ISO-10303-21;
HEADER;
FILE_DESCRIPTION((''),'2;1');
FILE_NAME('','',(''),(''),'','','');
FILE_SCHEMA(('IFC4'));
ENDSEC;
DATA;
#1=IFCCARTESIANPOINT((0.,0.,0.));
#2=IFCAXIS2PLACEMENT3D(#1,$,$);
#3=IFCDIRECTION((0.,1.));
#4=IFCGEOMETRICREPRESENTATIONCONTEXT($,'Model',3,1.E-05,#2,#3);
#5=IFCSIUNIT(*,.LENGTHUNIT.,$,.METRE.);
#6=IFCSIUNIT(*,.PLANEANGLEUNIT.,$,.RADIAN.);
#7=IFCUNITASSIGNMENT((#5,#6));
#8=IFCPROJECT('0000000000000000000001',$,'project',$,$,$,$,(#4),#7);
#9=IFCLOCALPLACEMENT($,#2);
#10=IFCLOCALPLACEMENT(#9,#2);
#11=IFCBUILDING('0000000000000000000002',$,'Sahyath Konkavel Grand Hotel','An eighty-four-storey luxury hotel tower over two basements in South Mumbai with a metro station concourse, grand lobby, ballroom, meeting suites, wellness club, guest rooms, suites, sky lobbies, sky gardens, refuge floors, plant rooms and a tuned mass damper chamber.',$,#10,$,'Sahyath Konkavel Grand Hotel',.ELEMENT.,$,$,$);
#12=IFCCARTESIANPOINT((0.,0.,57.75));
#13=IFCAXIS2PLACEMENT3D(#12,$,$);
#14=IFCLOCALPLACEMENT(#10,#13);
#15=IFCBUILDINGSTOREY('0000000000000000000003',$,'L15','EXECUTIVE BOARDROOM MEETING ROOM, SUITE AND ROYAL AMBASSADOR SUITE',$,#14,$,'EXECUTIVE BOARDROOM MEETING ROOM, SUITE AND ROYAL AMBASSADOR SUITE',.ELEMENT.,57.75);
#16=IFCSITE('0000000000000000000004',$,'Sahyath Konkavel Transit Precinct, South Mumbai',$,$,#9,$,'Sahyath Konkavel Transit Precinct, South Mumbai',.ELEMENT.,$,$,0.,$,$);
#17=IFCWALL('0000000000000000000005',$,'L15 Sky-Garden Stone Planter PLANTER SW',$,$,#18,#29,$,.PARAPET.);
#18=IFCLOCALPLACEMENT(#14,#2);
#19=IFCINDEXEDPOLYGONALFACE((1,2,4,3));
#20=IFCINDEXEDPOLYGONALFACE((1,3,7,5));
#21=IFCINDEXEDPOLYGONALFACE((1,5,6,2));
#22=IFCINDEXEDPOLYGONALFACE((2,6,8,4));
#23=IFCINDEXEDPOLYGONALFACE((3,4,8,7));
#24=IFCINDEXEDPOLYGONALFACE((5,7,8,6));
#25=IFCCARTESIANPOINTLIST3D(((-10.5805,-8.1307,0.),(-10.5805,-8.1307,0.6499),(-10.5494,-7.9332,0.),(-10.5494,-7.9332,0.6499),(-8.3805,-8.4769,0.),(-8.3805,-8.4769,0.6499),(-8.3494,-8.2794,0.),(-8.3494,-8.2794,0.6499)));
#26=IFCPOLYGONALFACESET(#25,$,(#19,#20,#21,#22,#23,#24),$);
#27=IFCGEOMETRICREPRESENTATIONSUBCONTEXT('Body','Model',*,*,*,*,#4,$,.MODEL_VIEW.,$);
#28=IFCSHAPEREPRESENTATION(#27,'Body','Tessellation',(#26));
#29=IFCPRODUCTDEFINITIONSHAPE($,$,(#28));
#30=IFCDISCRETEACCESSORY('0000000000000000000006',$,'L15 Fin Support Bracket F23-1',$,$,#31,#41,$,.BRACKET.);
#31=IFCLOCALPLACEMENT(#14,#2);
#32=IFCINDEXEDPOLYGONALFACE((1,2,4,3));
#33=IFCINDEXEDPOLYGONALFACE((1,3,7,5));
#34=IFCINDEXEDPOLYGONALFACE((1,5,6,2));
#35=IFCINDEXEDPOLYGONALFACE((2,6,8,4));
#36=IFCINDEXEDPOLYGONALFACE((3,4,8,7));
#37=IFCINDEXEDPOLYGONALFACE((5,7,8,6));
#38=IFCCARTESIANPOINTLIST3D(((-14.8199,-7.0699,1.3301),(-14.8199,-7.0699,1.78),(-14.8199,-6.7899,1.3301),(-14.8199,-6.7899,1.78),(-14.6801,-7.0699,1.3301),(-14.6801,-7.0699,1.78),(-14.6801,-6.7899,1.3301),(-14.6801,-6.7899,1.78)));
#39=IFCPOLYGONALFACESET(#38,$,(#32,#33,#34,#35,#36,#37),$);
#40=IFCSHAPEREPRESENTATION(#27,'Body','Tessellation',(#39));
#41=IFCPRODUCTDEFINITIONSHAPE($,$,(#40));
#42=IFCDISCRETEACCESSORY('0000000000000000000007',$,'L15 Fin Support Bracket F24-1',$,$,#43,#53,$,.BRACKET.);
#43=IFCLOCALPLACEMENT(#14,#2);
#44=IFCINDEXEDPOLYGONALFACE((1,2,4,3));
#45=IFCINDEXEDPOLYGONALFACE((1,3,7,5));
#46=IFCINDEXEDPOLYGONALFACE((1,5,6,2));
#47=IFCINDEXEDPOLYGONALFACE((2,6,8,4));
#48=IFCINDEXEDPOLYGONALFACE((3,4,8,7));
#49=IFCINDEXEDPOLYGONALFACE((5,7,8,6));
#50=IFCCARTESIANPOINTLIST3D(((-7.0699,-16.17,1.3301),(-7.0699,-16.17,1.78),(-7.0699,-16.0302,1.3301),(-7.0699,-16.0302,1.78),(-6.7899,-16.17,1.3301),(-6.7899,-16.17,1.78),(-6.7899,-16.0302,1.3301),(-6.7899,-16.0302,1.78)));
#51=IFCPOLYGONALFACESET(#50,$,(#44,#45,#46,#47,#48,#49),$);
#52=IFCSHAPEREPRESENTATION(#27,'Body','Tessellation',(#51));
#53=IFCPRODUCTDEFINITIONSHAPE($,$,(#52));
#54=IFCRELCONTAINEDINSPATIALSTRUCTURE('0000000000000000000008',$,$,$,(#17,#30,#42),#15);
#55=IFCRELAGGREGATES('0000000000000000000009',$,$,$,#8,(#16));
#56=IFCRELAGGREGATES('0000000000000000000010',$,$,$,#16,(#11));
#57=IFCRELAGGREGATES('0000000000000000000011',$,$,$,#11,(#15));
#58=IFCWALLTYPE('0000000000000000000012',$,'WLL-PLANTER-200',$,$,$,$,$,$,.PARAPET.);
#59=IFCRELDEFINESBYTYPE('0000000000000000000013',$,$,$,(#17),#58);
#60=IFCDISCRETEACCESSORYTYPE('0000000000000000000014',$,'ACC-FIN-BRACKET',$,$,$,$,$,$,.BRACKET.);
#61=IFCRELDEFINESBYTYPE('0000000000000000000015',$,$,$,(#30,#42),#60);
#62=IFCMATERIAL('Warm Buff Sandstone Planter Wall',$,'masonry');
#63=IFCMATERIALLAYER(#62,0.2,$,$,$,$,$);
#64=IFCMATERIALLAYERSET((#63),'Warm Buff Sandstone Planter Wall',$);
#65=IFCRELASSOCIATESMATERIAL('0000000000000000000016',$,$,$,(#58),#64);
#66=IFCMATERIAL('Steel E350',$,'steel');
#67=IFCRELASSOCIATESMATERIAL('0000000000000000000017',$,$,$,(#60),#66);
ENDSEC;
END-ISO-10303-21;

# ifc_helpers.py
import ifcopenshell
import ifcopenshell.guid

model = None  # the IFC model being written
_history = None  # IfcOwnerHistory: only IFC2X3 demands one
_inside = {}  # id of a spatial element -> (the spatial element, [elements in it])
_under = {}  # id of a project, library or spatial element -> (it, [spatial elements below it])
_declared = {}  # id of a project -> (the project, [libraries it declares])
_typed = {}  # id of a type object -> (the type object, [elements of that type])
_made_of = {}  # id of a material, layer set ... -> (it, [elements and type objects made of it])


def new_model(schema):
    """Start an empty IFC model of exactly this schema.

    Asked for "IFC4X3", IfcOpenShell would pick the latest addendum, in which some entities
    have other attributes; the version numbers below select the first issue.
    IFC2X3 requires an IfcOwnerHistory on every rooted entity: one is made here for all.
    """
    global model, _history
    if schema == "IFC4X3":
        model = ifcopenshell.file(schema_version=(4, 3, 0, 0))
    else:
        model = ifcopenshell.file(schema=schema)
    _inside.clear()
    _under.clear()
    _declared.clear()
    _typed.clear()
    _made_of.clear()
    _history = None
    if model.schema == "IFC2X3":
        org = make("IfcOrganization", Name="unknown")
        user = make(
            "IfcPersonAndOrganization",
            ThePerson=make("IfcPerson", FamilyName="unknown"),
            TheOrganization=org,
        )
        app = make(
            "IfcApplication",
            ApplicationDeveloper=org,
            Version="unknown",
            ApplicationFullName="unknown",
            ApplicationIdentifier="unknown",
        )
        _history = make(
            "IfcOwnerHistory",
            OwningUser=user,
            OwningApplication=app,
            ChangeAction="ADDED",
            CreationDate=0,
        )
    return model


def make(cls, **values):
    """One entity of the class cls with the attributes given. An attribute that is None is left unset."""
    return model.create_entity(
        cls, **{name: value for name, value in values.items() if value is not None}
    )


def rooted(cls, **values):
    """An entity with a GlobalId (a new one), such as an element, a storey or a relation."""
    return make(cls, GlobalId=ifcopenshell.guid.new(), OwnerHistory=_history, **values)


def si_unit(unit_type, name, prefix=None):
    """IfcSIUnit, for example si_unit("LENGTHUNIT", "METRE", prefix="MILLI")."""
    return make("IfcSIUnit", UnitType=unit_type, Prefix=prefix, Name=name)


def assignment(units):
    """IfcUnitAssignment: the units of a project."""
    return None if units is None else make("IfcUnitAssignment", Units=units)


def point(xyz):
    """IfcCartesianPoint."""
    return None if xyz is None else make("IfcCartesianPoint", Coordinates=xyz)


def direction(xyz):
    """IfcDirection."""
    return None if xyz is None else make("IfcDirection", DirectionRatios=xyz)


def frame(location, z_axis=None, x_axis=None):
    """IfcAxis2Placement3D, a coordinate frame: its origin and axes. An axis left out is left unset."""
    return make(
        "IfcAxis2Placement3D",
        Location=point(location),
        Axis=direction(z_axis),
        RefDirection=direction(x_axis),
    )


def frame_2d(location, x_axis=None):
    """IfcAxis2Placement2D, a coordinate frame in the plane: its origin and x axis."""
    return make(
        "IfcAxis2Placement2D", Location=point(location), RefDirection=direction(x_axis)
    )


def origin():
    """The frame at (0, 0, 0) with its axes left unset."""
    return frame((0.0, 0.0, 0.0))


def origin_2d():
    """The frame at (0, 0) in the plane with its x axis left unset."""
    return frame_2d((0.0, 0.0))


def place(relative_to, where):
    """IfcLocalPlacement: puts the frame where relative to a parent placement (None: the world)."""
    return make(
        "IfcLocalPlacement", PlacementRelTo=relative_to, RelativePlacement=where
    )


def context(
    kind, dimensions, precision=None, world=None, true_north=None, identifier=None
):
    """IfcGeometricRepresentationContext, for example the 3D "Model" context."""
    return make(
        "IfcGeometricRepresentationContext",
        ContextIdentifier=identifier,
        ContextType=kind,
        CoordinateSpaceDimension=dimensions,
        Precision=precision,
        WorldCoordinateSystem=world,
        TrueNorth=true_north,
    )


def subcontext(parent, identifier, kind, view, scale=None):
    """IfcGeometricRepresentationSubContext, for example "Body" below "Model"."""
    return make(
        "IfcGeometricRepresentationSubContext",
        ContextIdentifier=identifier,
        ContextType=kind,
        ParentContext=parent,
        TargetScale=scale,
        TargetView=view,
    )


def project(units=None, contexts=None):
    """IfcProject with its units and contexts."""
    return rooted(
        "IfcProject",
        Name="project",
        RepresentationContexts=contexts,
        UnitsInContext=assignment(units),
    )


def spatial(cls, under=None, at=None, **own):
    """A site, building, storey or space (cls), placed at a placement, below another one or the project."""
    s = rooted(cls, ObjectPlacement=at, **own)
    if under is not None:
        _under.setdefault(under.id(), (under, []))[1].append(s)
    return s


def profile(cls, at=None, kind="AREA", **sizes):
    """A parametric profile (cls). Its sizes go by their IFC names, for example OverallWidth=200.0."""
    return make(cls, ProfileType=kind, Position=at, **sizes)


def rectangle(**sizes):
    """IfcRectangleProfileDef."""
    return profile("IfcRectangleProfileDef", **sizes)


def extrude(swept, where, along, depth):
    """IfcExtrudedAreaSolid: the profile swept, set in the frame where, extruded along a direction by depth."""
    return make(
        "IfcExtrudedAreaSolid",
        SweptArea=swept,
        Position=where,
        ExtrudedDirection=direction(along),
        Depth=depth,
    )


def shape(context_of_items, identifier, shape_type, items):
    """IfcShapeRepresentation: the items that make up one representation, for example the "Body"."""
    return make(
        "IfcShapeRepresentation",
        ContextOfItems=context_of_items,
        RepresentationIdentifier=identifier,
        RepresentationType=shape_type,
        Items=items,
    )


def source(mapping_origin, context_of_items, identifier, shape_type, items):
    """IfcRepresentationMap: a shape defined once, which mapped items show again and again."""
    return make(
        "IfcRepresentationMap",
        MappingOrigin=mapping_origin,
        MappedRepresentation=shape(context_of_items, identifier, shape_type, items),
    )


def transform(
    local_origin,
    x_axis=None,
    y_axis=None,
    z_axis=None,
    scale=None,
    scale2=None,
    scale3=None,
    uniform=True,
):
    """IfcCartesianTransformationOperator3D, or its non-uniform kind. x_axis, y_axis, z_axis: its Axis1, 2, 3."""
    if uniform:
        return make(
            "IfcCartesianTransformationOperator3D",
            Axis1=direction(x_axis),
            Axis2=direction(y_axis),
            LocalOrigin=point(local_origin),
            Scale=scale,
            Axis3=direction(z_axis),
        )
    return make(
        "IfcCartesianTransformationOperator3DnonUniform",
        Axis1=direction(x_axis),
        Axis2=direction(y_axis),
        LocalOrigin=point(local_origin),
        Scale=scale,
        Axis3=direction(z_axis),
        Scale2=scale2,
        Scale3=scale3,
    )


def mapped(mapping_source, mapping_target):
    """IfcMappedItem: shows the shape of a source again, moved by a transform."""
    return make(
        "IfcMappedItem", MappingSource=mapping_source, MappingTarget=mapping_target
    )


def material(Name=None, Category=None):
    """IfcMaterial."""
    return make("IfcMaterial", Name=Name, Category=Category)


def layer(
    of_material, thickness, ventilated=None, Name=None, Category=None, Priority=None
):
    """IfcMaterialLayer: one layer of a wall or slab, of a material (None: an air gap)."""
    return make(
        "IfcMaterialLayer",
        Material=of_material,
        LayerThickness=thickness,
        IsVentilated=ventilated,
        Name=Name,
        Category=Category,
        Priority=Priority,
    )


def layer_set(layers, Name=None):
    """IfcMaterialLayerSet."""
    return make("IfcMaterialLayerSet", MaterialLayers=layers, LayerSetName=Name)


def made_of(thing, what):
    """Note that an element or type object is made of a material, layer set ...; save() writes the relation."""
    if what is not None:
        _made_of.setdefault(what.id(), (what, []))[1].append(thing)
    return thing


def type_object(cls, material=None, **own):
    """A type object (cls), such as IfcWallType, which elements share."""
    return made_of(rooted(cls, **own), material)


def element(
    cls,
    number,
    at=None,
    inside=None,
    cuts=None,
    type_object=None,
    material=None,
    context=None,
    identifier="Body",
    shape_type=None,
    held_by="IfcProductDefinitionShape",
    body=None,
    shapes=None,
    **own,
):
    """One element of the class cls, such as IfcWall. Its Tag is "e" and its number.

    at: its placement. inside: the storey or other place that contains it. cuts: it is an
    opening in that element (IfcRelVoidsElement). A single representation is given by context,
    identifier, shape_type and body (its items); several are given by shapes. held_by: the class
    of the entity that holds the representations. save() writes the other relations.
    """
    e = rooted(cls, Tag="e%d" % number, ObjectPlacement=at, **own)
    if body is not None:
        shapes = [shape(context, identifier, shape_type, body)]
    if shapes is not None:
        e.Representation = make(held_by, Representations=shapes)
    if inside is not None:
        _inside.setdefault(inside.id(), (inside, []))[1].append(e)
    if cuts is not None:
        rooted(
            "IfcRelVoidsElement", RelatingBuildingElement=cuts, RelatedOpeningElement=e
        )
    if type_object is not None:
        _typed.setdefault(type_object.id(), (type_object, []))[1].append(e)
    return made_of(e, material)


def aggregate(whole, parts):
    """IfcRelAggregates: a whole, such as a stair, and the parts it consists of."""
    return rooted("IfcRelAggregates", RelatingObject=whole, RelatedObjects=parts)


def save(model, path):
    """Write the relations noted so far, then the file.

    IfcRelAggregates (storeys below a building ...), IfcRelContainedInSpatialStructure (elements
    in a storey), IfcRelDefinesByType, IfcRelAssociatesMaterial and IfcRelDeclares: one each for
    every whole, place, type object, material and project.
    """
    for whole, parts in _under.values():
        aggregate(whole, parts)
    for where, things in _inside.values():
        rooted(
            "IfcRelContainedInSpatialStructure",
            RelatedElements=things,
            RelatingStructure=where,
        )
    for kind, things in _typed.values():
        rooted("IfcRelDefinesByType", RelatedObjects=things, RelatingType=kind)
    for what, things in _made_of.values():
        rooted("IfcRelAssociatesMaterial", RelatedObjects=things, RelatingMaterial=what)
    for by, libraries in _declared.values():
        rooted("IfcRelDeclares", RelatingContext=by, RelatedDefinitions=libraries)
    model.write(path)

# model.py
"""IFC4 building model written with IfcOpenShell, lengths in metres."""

from ifc_helpers import new_model, si_unit, direction, frame, frame_2d, origin, origin_2d, place, context, subcontext, project, spatial, rectangle, extrude, source, transform, mapped, material, layer, layer_set, type_object, element, save


model = new_model("IFC4")

# Units and contexts
model_context = context("Model", 3, precision=1e-05, world=origin(), true_north=direction((0.0, 1.0)))
body_context = subcontext(model_context, "Body", "Model", "MODEL_VIEW")
ifc_project = project(units=[si_unit("LENGTHUNIT", "METRE"), si_unit("PLANEANGLEUNIT", "RADIAN")], contexts=[model_context])

# Site, building, storey
site_placement = place(None, origin())
site = spatial("IfcSite", under=ifc_project, at=site_placement, Name="Sahyath Konkavel Transit Precinct, South Mumbai", LongName="Sahyath Konkavel Transit Precinct, South Mumbai", CompositionType="ELEMENT", RefElevation=0.0)
building_placement = place(site_placement, origin())
building = spatial("IfcBuilding", under=site, at=building_placement, Name="Sahyath Konkavel Grand Hotel", Description="An eighty-four-storey luxury hotel tower over two basements in South Mumbai with a metro station concourse, grand lobby, ballroom, meeting suites, wellness club, guest rooms, suites, sky lobbies, sky gardens, refuge floors, plant rooms and a tuned mass damper chamber.", LongName="Sahyath Konkavel Grand Hotel", CompositionType="ELEMENT")
storey_placement = place(building_placement, frame((0.0, 0.0, 57.75)))
storey = spatial("IfcBuildingStorey", under=building, at=storey_placement, Name="L15", Description="EXECUTIVE BOARDROOM MEETING ROOM, SUITE AND ROYAL AMBASSADOR SUITE", LongName="EXECUTIVE BOARDROOM MEETING ROOM, SUITE AND ROYAL AMBASSADOR SUITE", CompositionType="ELEMENT", Elevation=57.75)

# Shared definitions
ifc_material_1 = material(Name="Steel E350", Category="steel")

# Wall
ifc_material_2 = material(Name="Warm Buff Sandstone Planter Wall", Category="masonry")
ifc_layer_1 = layer(ifc_material_2, 0.2)
ifc_layer_set_1 = layer_set([ifc_layer_1], Name="Warm Buff Sandstone Planter Wall")
wall_type_1 = type_object("IfcWallType", Name="WLL-PLANTER-200", PredefinedType="PARAPET", material=ifc_layer_set_1)
wall_1_placement = place(storey_placement, frame((-10.5649, -8.032, 0.0), z_axis=(0.0, 0.0, 1.0), x_axis=(0.987844, -0.15545, 0.0)))
element("IfcWall", 1, at=wall_1_placement, inside=storey, type_object=wall_type_1, Name="L15 Sky-Garden Stone Planter PLANTER SW", PredefinedType="PARAPET", context=body_context, shape_type="SweptSolid", body=[
    extrude(rectangle(XDim=2.2271, YDim=0.2, at=frame_2d((1.1135, 0.0))), origin(), (0.0, 0.0, 1.0), 0.6499),
])

# Discrete accessories
discrete_accessory_type = type_object("IfcDiscreteAccessoryType", Name="ACC-FIN-BRACKET", PredefinedType="BRACKET", material=ifc_material_1)
shared_shape_1 = source(origin(), body_context, "Body", "SweptSolid", [
    extrude(rectangle(XDim=0.28, YDim=0.1399, at=origin_2d()), origin(), (0.0, 0.0, 1.0), 0.45),
])
for number, where, z_axis, x_axis, name in (
    (2, (-14.75, -6.9299, 1.3301), (0.0, 0.0, 1.0), (0.0, -1.0, 0.0), "L15 Fin Support Bracket F23-1"),
    (3, (-6.9299, -16.1001, 1.3301), (0.0, 0.0, 1.0), (-1.0, 0.0, 0.0), "L15 Fin Support Bracket F24-1"),
):
    element("IfcDiscreteAccessory", number, at=place(storey_placement, frame(where, z_axis=z_axis, x_axis=x_axis)), inside=storey, type_object=discrete_accessory_type, Name=name, PredefinedType="BRACKET", context=body_context, shape_type="MappedRepresentation", body=[
        mapped(shared_shape_1, transform((0.0, 0.0, 0.0), scale=1.0)),
    ])

save(model, "model.ifc")
